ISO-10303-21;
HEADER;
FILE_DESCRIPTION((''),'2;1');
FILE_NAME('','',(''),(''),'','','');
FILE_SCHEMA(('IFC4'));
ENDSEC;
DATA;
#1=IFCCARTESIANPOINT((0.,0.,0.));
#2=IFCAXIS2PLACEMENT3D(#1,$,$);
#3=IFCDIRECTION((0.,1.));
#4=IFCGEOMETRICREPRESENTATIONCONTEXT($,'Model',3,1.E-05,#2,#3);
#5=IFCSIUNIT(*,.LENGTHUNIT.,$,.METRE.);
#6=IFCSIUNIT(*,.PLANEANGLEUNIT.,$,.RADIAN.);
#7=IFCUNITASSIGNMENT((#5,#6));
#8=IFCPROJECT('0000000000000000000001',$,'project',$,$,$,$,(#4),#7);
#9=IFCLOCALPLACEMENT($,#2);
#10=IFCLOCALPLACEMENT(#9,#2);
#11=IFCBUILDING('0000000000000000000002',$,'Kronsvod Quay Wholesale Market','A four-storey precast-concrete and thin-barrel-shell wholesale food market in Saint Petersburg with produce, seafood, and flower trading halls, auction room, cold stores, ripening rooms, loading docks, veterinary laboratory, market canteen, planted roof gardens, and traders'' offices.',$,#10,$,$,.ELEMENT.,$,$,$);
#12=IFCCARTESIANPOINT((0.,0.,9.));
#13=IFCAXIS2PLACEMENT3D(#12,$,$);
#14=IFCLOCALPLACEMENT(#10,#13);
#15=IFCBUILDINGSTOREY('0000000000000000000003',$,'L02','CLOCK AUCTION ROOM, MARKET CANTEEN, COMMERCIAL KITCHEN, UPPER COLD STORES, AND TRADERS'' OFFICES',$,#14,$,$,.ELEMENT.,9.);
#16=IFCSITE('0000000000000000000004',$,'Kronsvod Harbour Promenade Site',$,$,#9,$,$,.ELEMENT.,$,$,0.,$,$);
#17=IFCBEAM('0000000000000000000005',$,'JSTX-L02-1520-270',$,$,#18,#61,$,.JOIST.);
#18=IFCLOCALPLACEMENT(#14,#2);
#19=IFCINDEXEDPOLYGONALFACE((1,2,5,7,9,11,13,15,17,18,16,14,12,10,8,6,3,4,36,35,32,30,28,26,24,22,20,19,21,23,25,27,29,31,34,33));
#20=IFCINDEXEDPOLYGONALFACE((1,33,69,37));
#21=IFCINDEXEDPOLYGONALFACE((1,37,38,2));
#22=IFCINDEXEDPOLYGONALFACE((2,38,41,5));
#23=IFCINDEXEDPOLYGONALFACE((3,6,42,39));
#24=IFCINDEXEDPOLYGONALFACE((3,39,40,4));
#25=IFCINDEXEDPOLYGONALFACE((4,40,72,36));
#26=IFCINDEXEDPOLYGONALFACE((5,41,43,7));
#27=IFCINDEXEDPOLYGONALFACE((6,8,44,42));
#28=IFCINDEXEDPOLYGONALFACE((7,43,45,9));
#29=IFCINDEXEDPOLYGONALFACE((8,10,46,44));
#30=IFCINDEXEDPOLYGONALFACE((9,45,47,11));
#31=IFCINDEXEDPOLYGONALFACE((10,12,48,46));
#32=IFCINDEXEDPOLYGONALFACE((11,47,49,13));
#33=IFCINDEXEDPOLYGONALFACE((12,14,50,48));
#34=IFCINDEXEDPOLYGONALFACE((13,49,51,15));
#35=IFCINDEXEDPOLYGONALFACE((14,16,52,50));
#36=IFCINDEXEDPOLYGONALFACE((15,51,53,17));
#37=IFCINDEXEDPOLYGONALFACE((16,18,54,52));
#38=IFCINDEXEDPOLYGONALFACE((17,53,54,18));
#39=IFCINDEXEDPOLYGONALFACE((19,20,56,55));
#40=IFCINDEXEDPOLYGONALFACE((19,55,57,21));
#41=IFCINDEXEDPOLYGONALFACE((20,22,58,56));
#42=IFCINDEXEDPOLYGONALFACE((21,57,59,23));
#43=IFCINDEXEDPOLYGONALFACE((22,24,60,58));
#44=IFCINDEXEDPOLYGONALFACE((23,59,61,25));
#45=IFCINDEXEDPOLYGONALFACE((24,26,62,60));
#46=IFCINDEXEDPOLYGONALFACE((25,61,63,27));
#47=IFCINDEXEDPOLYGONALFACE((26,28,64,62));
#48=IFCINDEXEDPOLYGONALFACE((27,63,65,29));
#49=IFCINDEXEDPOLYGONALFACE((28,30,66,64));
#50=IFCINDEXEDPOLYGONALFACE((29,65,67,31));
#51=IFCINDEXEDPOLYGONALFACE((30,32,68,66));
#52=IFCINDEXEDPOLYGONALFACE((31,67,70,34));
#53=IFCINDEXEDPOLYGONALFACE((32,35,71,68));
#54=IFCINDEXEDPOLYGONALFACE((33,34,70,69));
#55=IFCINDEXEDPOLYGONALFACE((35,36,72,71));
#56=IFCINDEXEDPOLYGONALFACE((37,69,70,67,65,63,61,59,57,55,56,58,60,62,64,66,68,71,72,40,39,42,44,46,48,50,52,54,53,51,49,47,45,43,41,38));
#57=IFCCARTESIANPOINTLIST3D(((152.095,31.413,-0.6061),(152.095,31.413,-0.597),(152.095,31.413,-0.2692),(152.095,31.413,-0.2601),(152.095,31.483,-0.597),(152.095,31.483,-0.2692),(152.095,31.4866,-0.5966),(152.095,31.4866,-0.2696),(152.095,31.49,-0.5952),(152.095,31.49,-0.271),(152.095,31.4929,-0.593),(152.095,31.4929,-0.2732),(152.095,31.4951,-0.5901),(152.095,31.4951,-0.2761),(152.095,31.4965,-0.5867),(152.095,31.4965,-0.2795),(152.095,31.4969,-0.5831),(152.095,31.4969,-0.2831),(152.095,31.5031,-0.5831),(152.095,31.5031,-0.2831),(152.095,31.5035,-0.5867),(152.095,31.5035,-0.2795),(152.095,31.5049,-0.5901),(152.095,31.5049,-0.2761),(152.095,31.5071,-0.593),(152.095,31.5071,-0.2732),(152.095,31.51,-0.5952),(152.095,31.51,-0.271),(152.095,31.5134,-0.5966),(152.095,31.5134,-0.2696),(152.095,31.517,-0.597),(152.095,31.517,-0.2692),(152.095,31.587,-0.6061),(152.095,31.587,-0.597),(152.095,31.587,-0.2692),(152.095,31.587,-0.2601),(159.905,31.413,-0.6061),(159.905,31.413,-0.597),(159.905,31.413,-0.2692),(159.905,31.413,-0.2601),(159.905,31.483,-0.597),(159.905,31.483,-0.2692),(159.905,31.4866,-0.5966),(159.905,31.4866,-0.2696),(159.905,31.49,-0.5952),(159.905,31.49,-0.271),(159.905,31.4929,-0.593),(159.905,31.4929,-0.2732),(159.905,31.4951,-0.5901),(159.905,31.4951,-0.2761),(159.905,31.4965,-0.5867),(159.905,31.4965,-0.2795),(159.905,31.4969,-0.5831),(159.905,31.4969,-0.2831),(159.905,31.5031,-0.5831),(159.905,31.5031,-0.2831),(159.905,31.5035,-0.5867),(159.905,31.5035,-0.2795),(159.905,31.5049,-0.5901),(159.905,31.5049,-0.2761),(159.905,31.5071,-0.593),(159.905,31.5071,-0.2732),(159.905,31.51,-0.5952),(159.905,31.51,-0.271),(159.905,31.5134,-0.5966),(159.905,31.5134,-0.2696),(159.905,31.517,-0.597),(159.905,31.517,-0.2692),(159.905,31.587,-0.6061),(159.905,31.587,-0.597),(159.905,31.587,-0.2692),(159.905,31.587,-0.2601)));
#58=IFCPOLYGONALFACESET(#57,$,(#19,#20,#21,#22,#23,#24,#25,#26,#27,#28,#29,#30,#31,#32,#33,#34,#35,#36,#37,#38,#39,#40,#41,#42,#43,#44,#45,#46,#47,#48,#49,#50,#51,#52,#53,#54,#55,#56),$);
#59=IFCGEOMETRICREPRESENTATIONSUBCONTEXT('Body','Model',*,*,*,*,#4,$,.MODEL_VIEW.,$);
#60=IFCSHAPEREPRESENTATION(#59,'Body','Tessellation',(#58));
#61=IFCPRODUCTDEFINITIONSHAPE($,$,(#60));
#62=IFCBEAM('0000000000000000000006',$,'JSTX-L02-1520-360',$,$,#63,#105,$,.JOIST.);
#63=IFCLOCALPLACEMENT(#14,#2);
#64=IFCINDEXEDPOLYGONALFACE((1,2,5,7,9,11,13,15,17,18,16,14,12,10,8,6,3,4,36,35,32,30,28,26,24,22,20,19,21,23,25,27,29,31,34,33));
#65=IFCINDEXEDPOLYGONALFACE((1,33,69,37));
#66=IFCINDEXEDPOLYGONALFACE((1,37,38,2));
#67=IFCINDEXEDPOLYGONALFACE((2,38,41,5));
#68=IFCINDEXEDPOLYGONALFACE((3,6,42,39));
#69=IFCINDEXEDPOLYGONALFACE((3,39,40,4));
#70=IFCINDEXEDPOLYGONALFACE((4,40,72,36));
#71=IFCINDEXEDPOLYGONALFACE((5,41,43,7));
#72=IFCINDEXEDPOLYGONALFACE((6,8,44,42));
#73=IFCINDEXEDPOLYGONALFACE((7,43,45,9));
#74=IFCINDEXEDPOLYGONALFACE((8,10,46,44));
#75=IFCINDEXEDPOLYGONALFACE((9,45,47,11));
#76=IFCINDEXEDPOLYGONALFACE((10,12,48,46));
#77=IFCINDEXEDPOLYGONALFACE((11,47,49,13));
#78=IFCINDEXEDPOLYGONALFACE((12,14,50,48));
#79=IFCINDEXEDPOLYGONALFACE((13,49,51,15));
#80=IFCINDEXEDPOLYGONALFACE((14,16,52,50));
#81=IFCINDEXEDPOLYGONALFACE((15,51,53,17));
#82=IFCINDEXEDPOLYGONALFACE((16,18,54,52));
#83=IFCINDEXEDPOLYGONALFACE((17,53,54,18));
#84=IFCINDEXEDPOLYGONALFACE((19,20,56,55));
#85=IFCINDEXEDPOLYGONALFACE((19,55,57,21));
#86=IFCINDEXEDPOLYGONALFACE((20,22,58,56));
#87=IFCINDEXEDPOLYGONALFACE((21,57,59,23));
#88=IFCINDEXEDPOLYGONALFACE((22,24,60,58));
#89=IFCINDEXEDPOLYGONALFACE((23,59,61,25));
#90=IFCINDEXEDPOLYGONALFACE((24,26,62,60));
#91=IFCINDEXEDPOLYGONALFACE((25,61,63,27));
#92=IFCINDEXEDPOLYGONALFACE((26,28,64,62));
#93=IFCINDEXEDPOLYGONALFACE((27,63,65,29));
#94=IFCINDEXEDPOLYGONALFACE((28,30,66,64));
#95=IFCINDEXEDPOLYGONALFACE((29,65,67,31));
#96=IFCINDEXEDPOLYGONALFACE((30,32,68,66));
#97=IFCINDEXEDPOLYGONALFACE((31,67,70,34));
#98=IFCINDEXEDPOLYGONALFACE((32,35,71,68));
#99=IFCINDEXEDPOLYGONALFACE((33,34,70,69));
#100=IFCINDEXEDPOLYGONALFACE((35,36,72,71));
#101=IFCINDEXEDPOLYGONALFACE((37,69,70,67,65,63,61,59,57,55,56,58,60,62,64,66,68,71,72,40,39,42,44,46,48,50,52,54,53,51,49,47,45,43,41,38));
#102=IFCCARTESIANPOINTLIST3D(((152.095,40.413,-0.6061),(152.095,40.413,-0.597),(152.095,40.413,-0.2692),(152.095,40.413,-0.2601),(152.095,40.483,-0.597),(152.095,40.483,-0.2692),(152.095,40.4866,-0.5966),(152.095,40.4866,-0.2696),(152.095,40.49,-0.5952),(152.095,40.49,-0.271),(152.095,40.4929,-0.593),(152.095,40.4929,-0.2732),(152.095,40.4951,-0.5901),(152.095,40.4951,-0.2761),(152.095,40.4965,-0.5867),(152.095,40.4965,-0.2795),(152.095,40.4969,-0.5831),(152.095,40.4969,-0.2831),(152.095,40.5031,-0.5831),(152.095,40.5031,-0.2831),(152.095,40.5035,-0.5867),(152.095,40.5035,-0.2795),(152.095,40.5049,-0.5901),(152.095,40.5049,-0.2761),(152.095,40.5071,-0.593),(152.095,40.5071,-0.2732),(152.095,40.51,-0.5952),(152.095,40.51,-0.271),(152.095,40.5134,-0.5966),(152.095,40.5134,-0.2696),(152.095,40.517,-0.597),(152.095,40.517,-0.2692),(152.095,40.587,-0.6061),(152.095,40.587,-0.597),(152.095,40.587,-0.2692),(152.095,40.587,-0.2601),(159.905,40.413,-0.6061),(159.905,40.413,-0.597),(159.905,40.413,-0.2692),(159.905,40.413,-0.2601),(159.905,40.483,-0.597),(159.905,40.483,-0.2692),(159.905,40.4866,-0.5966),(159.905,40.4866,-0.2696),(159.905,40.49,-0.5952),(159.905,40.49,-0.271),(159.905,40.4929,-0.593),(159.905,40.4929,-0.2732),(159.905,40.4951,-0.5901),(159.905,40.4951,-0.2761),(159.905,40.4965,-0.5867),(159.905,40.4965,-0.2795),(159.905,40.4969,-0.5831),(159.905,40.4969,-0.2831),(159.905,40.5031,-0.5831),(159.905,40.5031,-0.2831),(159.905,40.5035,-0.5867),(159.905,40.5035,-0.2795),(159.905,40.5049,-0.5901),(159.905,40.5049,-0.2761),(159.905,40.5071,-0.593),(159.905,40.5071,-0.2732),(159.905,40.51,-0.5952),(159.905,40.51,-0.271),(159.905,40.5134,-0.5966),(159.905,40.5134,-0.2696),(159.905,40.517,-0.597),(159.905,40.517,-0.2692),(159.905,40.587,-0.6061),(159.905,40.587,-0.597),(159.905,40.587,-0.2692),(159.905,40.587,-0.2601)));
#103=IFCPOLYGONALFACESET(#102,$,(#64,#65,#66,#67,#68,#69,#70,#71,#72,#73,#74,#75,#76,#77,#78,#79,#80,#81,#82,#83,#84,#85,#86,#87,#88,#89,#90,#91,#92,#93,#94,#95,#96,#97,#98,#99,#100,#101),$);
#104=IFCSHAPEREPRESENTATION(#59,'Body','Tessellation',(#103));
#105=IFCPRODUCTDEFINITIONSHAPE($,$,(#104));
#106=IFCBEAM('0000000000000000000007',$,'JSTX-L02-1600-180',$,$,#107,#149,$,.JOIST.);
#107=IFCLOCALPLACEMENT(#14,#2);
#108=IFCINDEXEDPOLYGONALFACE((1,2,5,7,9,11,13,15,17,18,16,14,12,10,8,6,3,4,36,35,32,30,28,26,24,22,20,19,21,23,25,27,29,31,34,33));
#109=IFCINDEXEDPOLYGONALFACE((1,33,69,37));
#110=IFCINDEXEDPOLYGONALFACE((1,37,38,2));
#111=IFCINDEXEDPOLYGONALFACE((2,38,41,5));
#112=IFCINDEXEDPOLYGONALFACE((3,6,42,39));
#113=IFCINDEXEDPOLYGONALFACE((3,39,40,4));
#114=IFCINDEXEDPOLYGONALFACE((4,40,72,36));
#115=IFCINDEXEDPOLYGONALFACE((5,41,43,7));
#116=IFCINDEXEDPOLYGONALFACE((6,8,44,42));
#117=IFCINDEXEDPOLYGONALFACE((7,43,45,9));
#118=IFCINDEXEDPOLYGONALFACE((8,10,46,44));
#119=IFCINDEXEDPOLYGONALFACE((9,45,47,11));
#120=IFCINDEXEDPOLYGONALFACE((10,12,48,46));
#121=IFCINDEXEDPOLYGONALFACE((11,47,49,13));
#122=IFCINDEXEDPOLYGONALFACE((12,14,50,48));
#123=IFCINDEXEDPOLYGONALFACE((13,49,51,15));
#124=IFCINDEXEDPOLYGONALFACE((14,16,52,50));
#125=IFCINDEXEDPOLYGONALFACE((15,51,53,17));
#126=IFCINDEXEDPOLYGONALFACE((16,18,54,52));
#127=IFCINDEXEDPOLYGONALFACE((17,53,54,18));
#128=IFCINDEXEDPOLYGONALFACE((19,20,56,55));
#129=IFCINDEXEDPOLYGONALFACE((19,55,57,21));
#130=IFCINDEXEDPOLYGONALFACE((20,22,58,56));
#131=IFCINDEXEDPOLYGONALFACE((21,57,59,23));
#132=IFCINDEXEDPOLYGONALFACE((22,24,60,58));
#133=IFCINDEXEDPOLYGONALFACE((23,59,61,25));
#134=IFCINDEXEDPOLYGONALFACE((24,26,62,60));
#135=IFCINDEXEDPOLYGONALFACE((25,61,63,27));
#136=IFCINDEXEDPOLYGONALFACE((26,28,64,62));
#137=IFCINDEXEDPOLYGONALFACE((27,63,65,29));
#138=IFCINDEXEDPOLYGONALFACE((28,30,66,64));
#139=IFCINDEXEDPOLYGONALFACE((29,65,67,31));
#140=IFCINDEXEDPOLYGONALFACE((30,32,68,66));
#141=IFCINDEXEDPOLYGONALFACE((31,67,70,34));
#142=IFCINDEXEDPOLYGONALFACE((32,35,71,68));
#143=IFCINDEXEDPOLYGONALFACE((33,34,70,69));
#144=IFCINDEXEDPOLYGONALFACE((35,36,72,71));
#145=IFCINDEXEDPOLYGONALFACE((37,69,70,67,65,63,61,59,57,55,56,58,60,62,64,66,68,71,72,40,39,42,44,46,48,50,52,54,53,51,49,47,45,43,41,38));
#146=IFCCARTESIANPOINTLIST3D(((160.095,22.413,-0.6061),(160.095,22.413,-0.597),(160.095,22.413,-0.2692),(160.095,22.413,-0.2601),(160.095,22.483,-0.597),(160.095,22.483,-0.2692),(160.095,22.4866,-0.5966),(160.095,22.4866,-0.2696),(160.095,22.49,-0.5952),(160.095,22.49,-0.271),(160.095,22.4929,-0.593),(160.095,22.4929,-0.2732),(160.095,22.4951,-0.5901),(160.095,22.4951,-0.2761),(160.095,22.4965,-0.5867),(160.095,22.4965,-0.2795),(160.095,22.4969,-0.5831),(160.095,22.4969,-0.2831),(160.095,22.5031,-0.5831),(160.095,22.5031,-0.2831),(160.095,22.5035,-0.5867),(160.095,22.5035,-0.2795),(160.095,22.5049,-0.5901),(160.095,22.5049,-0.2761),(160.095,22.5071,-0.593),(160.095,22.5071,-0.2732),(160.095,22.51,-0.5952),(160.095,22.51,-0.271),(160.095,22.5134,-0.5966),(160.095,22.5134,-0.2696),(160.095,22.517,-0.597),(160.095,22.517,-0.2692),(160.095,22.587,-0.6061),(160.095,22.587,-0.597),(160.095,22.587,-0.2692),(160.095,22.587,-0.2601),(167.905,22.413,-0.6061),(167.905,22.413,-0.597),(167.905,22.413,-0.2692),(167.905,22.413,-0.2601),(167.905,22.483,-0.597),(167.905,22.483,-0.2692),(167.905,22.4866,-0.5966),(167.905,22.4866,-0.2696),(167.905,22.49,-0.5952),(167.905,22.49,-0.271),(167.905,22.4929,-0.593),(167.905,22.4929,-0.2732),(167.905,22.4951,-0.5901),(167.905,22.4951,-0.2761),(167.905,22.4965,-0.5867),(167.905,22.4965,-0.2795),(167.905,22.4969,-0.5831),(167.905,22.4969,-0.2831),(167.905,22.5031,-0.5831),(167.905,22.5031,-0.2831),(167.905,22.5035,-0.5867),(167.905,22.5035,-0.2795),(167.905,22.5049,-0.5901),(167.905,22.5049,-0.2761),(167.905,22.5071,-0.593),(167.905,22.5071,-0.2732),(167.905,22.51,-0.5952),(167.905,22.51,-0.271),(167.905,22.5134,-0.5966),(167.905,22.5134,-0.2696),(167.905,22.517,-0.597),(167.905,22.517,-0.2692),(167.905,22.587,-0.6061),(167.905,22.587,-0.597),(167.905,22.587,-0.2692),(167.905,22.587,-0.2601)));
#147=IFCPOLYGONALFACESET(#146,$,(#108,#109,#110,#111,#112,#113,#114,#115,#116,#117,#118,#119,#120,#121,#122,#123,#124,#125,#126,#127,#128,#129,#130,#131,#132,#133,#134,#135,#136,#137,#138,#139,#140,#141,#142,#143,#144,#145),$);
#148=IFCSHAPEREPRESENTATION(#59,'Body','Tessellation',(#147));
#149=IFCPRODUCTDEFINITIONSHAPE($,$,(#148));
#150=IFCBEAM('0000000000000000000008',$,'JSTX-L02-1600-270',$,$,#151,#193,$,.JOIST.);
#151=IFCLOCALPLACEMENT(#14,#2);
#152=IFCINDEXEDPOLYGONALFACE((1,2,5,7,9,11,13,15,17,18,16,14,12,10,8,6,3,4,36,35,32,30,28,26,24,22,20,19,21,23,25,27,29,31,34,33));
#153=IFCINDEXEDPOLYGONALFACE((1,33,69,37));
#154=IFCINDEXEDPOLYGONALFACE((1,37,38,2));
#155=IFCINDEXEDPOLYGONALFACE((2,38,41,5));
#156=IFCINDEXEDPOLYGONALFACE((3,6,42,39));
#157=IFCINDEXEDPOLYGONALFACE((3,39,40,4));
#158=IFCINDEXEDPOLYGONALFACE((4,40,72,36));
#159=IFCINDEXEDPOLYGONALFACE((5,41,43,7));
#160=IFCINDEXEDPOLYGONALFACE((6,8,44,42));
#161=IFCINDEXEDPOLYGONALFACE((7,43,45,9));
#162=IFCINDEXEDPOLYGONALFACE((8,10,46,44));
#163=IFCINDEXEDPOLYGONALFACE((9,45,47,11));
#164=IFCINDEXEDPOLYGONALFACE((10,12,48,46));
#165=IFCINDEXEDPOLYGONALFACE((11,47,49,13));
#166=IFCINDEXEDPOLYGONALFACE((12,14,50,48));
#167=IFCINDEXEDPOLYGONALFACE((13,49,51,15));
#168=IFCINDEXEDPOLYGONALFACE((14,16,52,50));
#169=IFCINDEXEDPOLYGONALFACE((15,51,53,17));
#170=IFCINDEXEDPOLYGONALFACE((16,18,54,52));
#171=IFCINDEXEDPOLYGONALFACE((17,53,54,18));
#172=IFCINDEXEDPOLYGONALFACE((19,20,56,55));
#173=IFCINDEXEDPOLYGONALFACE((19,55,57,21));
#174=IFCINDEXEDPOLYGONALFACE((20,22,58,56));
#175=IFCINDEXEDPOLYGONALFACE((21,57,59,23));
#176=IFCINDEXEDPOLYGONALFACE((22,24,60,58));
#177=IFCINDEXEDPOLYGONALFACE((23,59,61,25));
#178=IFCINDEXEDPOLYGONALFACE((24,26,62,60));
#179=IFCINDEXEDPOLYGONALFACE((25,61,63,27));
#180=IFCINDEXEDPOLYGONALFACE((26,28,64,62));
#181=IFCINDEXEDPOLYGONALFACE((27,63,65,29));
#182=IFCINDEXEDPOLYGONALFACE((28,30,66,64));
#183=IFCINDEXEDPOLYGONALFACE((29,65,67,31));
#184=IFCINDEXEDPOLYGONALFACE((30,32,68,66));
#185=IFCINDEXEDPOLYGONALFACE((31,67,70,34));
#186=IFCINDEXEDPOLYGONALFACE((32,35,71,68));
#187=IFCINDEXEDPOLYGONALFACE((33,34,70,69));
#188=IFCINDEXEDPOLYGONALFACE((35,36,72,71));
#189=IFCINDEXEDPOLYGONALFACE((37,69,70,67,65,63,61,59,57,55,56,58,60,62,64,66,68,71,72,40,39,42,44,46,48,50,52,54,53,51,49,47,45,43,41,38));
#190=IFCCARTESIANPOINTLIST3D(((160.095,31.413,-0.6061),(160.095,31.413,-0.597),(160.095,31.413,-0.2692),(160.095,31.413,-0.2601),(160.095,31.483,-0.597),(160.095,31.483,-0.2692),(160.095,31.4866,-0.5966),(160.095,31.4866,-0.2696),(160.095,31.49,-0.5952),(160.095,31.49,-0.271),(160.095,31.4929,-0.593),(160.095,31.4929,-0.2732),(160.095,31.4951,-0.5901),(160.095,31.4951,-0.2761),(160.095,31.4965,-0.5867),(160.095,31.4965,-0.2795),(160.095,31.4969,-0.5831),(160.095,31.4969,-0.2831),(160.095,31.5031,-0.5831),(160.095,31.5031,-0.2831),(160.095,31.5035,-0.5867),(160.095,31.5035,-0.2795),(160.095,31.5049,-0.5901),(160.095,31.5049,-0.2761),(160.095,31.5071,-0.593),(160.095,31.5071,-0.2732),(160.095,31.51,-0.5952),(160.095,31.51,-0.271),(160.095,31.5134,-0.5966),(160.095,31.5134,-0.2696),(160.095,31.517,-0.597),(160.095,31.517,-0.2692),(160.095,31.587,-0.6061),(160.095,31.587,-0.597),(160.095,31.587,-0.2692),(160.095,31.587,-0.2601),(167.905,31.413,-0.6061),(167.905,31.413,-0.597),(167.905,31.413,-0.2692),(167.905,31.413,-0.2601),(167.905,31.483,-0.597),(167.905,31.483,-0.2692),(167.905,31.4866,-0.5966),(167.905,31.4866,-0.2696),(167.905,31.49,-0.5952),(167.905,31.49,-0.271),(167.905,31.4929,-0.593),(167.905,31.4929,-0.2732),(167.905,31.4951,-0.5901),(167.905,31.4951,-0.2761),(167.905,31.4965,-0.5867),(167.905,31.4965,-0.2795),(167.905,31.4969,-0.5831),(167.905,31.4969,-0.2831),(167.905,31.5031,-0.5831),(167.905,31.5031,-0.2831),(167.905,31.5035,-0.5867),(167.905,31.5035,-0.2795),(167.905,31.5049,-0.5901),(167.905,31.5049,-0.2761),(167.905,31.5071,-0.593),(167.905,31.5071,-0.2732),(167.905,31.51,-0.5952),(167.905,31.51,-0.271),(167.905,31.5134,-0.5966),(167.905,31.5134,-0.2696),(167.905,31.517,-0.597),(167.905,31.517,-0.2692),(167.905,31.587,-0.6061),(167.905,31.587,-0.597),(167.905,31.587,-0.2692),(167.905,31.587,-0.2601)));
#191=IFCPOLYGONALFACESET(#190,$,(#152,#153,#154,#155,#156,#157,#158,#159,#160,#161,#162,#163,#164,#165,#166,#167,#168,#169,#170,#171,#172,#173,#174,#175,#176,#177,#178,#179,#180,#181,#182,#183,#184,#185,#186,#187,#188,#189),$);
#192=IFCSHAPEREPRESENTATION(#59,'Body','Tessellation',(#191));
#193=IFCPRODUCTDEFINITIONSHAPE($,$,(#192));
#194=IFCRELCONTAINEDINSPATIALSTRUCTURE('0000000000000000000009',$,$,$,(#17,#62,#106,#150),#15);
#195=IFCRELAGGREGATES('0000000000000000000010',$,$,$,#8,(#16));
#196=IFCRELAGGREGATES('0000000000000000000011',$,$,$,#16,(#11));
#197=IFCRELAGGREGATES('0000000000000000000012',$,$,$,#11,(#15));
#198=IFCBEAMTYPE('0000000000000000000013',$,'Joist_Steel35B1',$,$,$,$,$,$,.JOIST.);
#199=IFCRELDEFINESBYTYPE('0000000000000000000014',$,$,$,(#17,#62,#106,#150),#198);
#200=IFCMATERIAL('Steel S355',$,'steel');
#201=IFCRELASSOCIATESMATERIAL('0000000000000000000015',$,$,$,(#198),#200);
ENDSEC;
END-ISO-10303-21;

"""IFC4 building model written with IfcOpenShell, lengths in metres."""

from ifc_helpers import new_model, si_unit, direction, frame, origin, origin_2d, place, context, subcontext, project, spatial, i_section, extrude, material, material_profile, profile_set, type_object, element, save


model = new_model("IFC4")

# Units and contexts
model_context = context("Model", 3, precision=1e-05, world=origin(), true_north=direction((0.0, 1.0)))
body_context = subcontext(model_context, "Body", "Model", "MODEL_VIEW")
ifc_project = project(units=[si_unit("LENGTHUNIT", "METRE"), si_unit("PLANEANGLEUNIT", "RADIAN")], contexts=[model_context])

# Site, building, storey
site_placement = place(None, origin())
site = spatial("IfcSite", under=ifc_project, at=site_placement, Name="Kronsvod Harbour Promenade Site", CompositionType="ELEMENT", RefElevation=0.0)
building_placement = place(site_placement, origin())
building = spatial("IfcBuilding", under=site, at=building_placement, Name="Kronsvod Quay Wholesale Market", Description="A four-storey precast-concrete and thin-barrel-shell wholesale food market in Saint Petersburg with produce, seafood, and flower trading halls, auction room, cold stores, ripening rooms, loading docks, veterinary laboratory, market canteen, planted roof gardens, and traders' offices.", CompositionType="ELEMENT")
storey_placement = place(building_placement, frame((0.0, 0.0, 9.0)))
storey = spatial("IfcBuildingStorey", under=building, at=storey_placement, Name="L02", Description="CLOCK AUCTION ROOM, MARKET CANTEEN, COMMERCIAL KITCHEN, UPPER COLD STORES, AND TRADERS' OFFICES", CompositionType="ELEMENT", Elevation=9.0)

# Beams
ifc_material_1 = material(Name="Steel S355", Category="steel")
ifc_material_profile_1 = material_profile(ifc_material_1, i_section(OverallWidth=0.1741, OverallDepth=0.3459, WebThickness=0.0061, FlangeThickness=0.009, FilletRadius=0.0139, at=origin_2d()), Name="35B1")
ifc_profile_set_1 = profile_set([ifc_material_profile_1], Name="Steel S355")
beam_type_1 = type_object("IfcBeamType", Name="Joist_Steel35B1", PredefinedType="JOIST", material=ifc_profile_set_1)
for number, where, z_axis, x_axis, name in (
    (1, (152.095, 31.5, -0.4331), (1.0, 0.0, 0.0), (0.0, 1.0, 0.0), "JSTX-L02-1520-270"),
    (2, (152.095, 40.5, -0.4331), (1.0, 0.0, 0.0), (0.0, 1.0, 0.0), "JSTX-L02-1520-360"),
    (3, (160.095, 22.5, -0.4331), (1.0, 0.0, 0.0), (0.0, 1.0, 0.0), "JSTX-L02-1600-180"),
    (4, (160.095, 31.5, -0.4331), (1.0, 0.0, 0.0), (0.0, 1.0, 0.0), "JSTX-L02-1600-270"),
):
    element("IfcBeam", number, at=place(storey_placement, frame(where, z_axis=z_axis, x_axis=x_axis)), inside=storey, type_object=beam_type_1, Name=name, PredefinedType="JOIST", context=body_context, shape_type="SweptSolid", body=[
        extrude(i_section(OverallWidth=0.1741, OverallDepth=0.3459, WebThickness=0.0061, FlangeThickness=0.009, FilletRadius=0.0139, at=origin_2d()), origin(), (0.0, 0.0, 1.0), 7.8101),
    ])

save(model, "model.ifc")
